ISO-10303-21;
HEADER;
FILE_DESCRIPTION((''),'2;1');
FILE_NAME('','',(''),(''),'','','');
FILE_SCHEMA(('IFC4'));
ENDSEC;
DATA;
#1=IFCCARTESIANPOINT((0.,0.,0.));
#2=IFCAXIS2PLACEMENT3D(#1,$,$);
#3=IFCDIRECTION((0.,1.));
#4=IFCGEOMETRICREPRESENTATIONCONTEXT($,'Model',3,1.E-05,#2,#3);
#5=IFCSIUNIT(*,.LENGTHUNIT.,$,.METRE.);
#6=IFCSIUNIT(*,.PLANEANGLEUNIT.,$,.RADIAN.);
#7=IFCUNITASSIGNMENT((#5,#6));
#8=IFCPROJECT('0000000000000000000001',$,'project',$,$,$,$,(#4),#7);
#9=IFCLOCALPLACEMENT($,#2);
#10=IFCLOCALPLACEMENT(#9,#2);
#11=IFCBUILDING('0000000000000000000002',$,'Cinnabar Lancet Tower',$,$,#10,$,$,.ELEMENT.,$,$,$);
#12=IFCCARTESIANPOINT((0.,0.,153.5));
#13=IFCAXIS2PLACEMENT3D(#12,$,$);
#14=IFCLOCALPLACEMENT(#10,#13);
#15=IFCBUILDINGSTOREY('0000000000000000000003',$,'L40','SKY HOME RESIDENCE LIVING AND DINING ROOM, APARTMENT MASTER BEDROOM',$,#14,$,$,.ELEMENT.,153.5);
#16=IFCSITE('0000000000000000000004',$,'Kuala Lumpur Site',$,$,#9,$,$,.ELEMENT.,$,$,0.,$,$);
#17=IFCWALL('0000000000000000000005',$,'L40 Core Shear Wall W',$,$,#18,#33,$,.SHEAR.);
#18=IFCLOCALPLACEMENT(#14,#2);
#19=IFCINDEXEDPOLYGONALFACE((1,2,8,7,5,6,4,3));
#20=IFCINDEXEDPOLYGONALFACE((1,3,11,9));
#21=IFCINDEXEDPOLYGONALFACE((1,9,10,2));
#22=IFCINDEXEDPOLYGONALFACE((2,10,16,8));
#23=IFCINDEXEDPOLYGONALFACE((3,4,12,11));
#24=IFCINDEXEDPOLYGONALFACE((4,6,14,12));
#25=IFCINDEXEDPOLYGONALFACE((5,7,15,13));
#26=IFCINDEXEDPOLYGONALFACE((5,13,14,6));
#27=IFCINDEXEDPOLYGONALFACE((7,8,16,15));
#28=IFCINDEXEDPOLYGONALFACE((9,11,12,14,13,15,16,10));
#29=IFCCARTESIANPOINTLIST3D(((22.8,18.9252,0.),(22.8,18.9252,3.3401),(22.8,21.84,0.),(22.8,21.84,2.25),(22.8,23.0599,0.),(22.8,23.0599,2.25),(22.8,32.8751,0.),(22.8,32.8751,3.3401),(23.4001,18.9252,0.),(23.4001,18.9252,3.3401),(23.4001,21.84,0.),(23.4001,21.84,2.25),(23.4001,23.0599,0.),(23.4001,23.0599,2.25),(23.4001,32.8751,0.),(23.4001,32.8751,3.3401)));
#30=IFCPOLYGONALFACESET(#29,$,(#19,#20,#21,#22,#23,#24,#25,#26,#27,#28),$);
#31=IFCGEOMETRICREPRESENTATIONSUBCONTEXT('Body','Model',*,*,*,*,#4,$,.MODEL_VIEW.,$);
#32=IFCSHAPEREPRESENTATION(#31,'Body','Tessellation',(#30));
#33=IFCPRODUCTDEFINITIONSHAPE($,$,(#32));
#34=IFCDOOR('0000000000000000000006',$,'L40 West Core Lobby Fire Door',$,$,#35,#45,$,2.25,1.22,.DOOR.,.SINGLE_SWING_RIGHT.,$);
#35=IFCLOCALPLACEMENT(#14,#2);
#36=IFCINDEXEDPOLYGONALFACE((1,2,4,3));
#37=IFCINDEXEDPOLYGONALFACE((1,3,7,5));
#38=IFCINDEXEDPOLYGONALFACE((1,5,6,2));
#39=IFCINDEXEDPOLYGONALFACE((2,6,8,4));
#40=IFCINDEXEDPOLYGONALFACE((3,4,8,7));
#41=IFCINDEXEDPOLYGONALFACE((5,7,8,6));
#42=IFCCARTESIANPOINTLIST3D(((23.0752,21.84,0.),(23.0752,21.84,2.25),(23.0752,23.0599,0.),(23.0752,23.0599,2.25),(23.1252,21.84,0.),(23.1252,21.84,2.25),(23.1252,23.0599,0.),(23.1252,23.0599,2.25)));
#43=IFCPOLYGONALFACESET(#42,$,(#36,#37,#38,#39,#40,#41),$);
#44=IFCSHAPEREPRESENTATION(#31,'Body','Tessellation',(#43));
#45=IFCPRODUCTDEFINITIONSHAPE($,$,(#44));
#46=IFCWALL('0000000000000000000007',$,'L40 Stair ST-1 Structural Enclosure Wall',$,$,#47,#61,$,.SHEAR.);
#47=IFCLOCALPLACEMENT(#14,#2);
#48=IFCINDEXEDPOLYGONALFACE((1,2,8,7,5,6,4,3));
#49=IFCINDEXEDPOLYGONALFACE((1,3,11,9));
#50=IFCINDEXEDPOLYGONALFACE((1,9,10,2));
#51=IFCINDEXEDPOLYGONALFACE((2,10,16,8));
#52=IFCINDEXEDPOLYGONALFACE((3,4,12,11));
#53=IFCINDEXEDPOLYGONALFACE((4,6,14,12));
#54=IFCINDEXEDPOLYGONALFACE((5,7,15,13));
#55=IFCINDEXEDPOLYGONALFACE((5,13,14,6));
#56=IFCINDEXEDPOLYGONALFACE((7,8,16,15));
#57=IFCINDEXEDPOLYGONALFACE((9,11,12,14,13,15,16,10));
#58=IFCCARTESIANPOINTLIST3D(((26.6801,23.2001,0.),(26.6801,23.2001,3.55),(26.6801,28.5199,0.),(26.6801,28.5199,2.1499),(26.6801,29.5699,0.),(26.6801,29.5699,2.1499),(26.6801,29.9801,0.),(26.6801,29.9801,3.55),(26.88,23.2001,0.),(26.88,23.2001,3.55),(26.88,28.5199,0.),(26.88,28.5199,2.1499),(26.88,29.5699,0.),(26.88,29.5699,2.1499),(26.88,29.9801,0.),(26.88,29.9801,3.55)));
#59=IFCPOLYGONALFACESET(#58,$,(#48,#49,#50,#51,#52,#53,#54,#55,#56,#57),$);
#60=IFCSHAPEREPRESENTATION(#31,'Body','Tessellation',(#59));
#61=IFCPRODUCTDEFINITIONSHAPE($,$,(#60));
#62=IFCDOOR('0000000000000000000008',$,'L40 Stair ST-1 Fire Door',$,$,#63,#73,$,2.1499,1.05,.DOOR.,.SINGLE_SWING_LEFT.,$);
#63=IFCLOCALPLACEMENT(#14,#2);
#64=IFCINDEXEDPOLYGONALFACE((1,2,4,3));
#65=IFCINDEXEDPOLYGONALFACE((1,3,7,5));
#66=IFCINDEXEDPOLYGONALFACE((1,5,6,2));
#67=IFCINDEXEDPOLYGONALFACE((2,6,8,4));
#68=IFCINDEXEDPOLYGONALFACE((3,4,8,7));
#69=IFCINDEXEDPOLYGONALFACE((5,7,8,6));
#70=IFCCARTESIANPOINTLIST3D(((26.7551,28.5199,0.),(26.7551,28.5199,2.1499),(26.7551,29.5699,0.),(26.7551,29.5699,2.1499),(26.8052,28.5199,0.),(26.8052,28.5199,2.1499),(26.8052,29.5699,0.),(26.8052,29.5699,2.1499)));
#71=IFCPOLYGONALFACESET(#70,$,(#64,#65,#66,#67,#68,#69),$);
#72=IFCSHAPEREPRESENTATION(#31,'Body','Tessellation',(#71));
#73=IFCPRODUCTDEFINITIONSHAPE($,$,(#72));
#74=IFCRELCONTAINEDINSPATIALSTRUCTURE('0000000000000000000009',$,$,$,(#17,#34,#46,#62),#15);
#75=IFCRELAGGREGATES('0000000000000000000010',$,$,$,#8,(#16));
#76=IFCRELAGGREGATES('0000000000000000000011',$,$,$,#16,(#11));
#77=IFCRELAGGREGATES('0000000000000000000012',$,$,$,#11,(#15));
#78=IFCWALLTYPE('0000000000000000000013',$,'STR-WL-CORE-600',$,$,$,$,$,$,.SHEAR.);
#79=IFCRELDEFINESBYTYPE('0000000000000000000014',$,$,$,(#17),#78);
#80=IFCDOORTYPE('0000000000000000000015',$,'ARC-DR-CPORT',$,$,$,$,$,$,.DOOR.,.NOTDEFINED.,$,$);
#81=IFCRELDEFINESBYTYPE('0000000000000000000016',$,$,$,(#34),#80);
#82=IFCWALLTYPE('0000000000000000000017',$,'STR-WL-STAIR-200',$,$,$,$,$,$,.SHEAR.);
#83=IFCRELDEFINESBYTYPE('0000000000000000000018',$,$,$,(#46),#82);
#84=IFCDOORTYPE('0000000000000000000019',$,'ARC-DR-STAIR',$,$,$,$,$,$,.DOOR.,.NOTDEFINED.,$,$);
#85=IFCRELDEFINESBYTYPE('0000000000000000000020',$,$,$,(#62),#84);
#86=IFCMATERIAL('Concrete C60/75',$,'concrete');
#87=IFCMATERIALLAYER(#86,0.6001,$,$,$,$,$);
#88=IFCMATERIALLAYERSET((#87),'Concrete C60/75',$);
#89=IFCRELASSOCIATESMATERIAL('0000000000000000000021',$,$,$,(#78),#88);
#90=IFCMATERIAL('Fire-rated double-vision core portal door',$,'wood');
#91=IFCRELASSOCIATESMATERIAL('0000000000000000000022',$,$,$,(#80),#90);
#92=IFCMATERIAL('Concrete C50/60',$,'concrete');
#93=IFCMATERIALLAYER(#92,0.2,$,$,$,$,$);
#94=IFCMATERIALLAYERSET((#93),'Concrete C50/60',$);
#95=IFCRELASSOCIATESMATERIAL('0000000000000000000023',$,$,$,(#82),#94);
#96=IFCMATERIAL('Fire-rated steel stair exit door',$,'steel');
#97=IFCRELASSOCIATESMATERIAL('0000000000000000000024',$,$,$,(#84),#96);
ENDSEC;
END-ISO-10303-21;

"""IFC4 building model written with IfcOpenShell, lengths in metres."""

from ifc_helpers import new_model, si_unit, direction, frame, frame_2d, origin, place, context, subcontext, project, spatial, rectangle, extrude, material, layer, layer_set, type_object, element, fill, save


model = new_model("IFC4")

# Units and contexts
model_context = context("Model", 3, precision=1e-05, world=origin(), true_north=direction((0.0, 1.0)))
body_context = subcontext(model_context, "Body", "Model", "MODEL_VIEW")
ifc_project = project(units=[si_unit("LENGTHUNIT", "METRE"), si_unit("PLANEANGLEUNIT", "RADIAN")], contexts=[model_context])

# Site, building, storey
site_placement = place(None, origin())
site = spatial("IfcSite", under=ifc_project, at=site_placement, Name="Kuala Lumpur Site", CompositionType="ELEMENT", RefElevation=0.0)
building_placement = place(site_placement, origin())
building = spatial("IfcBuilding", under=site, at=building_placement, Name="Cinnabar Lancet Tower", CompositionType="ELEMENT")
storey_placement = place(building_placement, frame((0.0, 0.0, 153.5)))
storey = spatial("IfcBuildingStorey", under=building, at=storey_placement, Name="L40", Description="SKY HOME RESIDENCE LIVING AND DINING ROOM, APARTMENT MASTER BEDROOM", CompositionType="ELEMENT", Elevation=153.5)

# Shared definitions
ifc_material_1 = material(Name="Concrete C60/75", Category="concrete")
ifc_layer_1 = layer(ifc_material_1, 0.6001)
ifc_layer_set_1 = layer_set([ifc_layer_1], Name="Concrete C60/75")
wall_type_1 = type_object("IfcWallType", Name="STR-WL-CORE-600", PredefinedType="SHEAR", material=ifc_layer_set_1)

# Walls, openings, doors
wall_1_placement = place(storey_placement, frame((23.1001, 18.925, 0.0), z_axis=(0.0, 0.0, 1.0), x_axis=(0.0, 1.0, 0.0)))
wall_1 = element("IfcWall", 1, at=wall_1_placement, inside=storey, type_object=wall_type_1, Name="L40 Core Shear Wall W", PredefinedType="SHEAR", context=body_context, shape_type="SweptSolid", body=[
    extrude(rectangle(XDim=13.95, YDim=0.6001, at=frame_2d((6.9751, 0.0))), origin(), (0.0, 0.0, 1.0), 3.3401),
])
opening_1_placement = place(wall_1_placement, frame((2.915, 0.0, 0.0)))
opening_1 = element("IfcOpeningElement", 2, at=opening_1_placement, cuts=wall_1, PredefinedType="OPENING", context=body_context, shape_type="SweptSolid", body=[
    extrude(rectangle(XDim=1.22, YDim=2.25, at=frame_2d((0.6099, 1.125))), frame((0.0, 0.3101, 0.0), z_axis=(0.0, -1.0, 0.0), x_axis=(1.0, 0.0, 0.0)), (0.0, 0.0, 1.0), 0.6201),
])
ifc_material_2 = material(Name="Fire-rated double-vision core portal door", Category="wood")
door_type_1 = type_object("IfcDoorType", Name="ARC-DR-CPORT", OperationType="NOTDEFINED", PredefinedType="DOOR", material=ifc_material_2)
door_1_placement = place(opening_1_placement, origin())
door_1 = element("IfcDoor", 3, at=door_1_placement, inside=storey, type_object=door_type_1, Name="L40 West Core Lobby Fire Door", OperationType="SINGLE_SWING_RIGHT", OverallHeight=2.25, OverallWidth=1.22, PredefinedType="DOOR", context=body_context, shape_type="SweptSolid", body=[
    extrude(rectangle(XDim=1.22, YDim=2.25, at=frame_2d((0.6099, 1.125))), frame((0.0, 0.0249, 0.0), z_axis=(0.0, -1.0, 0.0), x_axis=(1.0, 0.0, 0.0)), (0.0, 0.0, 1.0), 0.05),
])
fill(opening_1, door_1)
ifc_material_3 = material(Name="Concrete C50/60", Category="concrete")
ifc_layer_2 = layer(ifc_material_3, 0.2)
ifc_layer_set_2 = layer_set([ifc_layer_2], Name="Concrete C50/60")
wall_type_2 = type_object("IfcWallType", Name="STR-WL-STAIR-200", PredefinedType="SHEAR", material=ifc_layer_set_2)
wall_2_placement = place(storey_placement, frame((26.78, 23.2, 0.0), z_axis=(0.0, 0.0, 1.0), x_axis=(0.0, 1.0, 0.0)))
wall_2 = element("IfcWall", 4, at=wall_2_placement, inside=storey, type_object=wall_type_2, Name="L40 Stair ST-1 Structural Enclosure Wall", PredefinedType="SHEAR", context=body_context, shape_type="SweptSolid", body=[
    extrude(rectangle(XDim=6.78, YDim=0.2, at=frame_2d((3.3901, 0.0))), origin(), (0.0, 0.0, 1.0), 3.55),
])
opening_2_placement = place(wall_2_placement, frame((5.3201, 0.0, 0.0)))
opening_2 = element("IfcOpeningElement", 5, at=opening_2_placement, cuts=wall_2, PredefinedType="OPENING", context=body_context, shape_type="SweptSolid", body=[
    extrude(rectangle(XDim=1.05, YDim=2.1499, at=frame_2d((0.5249, 1.075))), frame((0.0, 0.1099, 0.0), z_axis=(0.0, -1.0, 0.0), x_axis=(1.0, 0.0, 0.0)), (0.0, 0.0, 1.0), 0.22),
])
ifc_material_4 = material(Name="Fire-rated steel stair exit door", Category="steel")
door_type_2 = type_object("IfcDoorType", Name="ARC-DR-STAIR", OperationType="NOTDEFINED", PredefinedType="DOOR", material=ifc_material_4)
door_2_placement = place(opening_2_placement, origin())
door_2 = element("IfcDoor", 6, at=door_2_placement, inside=storey, type_object=door_type_2, Name="L40 Stair ST-1 Fire Door", OperationType="SINGLE_SWING_LEFT", OverallHeight=2.1499, OverallWidth=1.05, PredefinedType="DOOR", context=body_context, shape_type="SweptSolid", body=[
    extrude(rectangle(XDim=1.05, YDim=2.1499, at=frame_2d((0.5249, 1.075))), frame((0.0, 0.0249, 0.0), z_axis=(0.0, -1.0, 0.0), x_axis=(1.0, 0.0, 0.0)), (0.0, 0.0, 1.0), 0.05),
])
fill(opening_2, door_2)

save(model, "model.ifc")
